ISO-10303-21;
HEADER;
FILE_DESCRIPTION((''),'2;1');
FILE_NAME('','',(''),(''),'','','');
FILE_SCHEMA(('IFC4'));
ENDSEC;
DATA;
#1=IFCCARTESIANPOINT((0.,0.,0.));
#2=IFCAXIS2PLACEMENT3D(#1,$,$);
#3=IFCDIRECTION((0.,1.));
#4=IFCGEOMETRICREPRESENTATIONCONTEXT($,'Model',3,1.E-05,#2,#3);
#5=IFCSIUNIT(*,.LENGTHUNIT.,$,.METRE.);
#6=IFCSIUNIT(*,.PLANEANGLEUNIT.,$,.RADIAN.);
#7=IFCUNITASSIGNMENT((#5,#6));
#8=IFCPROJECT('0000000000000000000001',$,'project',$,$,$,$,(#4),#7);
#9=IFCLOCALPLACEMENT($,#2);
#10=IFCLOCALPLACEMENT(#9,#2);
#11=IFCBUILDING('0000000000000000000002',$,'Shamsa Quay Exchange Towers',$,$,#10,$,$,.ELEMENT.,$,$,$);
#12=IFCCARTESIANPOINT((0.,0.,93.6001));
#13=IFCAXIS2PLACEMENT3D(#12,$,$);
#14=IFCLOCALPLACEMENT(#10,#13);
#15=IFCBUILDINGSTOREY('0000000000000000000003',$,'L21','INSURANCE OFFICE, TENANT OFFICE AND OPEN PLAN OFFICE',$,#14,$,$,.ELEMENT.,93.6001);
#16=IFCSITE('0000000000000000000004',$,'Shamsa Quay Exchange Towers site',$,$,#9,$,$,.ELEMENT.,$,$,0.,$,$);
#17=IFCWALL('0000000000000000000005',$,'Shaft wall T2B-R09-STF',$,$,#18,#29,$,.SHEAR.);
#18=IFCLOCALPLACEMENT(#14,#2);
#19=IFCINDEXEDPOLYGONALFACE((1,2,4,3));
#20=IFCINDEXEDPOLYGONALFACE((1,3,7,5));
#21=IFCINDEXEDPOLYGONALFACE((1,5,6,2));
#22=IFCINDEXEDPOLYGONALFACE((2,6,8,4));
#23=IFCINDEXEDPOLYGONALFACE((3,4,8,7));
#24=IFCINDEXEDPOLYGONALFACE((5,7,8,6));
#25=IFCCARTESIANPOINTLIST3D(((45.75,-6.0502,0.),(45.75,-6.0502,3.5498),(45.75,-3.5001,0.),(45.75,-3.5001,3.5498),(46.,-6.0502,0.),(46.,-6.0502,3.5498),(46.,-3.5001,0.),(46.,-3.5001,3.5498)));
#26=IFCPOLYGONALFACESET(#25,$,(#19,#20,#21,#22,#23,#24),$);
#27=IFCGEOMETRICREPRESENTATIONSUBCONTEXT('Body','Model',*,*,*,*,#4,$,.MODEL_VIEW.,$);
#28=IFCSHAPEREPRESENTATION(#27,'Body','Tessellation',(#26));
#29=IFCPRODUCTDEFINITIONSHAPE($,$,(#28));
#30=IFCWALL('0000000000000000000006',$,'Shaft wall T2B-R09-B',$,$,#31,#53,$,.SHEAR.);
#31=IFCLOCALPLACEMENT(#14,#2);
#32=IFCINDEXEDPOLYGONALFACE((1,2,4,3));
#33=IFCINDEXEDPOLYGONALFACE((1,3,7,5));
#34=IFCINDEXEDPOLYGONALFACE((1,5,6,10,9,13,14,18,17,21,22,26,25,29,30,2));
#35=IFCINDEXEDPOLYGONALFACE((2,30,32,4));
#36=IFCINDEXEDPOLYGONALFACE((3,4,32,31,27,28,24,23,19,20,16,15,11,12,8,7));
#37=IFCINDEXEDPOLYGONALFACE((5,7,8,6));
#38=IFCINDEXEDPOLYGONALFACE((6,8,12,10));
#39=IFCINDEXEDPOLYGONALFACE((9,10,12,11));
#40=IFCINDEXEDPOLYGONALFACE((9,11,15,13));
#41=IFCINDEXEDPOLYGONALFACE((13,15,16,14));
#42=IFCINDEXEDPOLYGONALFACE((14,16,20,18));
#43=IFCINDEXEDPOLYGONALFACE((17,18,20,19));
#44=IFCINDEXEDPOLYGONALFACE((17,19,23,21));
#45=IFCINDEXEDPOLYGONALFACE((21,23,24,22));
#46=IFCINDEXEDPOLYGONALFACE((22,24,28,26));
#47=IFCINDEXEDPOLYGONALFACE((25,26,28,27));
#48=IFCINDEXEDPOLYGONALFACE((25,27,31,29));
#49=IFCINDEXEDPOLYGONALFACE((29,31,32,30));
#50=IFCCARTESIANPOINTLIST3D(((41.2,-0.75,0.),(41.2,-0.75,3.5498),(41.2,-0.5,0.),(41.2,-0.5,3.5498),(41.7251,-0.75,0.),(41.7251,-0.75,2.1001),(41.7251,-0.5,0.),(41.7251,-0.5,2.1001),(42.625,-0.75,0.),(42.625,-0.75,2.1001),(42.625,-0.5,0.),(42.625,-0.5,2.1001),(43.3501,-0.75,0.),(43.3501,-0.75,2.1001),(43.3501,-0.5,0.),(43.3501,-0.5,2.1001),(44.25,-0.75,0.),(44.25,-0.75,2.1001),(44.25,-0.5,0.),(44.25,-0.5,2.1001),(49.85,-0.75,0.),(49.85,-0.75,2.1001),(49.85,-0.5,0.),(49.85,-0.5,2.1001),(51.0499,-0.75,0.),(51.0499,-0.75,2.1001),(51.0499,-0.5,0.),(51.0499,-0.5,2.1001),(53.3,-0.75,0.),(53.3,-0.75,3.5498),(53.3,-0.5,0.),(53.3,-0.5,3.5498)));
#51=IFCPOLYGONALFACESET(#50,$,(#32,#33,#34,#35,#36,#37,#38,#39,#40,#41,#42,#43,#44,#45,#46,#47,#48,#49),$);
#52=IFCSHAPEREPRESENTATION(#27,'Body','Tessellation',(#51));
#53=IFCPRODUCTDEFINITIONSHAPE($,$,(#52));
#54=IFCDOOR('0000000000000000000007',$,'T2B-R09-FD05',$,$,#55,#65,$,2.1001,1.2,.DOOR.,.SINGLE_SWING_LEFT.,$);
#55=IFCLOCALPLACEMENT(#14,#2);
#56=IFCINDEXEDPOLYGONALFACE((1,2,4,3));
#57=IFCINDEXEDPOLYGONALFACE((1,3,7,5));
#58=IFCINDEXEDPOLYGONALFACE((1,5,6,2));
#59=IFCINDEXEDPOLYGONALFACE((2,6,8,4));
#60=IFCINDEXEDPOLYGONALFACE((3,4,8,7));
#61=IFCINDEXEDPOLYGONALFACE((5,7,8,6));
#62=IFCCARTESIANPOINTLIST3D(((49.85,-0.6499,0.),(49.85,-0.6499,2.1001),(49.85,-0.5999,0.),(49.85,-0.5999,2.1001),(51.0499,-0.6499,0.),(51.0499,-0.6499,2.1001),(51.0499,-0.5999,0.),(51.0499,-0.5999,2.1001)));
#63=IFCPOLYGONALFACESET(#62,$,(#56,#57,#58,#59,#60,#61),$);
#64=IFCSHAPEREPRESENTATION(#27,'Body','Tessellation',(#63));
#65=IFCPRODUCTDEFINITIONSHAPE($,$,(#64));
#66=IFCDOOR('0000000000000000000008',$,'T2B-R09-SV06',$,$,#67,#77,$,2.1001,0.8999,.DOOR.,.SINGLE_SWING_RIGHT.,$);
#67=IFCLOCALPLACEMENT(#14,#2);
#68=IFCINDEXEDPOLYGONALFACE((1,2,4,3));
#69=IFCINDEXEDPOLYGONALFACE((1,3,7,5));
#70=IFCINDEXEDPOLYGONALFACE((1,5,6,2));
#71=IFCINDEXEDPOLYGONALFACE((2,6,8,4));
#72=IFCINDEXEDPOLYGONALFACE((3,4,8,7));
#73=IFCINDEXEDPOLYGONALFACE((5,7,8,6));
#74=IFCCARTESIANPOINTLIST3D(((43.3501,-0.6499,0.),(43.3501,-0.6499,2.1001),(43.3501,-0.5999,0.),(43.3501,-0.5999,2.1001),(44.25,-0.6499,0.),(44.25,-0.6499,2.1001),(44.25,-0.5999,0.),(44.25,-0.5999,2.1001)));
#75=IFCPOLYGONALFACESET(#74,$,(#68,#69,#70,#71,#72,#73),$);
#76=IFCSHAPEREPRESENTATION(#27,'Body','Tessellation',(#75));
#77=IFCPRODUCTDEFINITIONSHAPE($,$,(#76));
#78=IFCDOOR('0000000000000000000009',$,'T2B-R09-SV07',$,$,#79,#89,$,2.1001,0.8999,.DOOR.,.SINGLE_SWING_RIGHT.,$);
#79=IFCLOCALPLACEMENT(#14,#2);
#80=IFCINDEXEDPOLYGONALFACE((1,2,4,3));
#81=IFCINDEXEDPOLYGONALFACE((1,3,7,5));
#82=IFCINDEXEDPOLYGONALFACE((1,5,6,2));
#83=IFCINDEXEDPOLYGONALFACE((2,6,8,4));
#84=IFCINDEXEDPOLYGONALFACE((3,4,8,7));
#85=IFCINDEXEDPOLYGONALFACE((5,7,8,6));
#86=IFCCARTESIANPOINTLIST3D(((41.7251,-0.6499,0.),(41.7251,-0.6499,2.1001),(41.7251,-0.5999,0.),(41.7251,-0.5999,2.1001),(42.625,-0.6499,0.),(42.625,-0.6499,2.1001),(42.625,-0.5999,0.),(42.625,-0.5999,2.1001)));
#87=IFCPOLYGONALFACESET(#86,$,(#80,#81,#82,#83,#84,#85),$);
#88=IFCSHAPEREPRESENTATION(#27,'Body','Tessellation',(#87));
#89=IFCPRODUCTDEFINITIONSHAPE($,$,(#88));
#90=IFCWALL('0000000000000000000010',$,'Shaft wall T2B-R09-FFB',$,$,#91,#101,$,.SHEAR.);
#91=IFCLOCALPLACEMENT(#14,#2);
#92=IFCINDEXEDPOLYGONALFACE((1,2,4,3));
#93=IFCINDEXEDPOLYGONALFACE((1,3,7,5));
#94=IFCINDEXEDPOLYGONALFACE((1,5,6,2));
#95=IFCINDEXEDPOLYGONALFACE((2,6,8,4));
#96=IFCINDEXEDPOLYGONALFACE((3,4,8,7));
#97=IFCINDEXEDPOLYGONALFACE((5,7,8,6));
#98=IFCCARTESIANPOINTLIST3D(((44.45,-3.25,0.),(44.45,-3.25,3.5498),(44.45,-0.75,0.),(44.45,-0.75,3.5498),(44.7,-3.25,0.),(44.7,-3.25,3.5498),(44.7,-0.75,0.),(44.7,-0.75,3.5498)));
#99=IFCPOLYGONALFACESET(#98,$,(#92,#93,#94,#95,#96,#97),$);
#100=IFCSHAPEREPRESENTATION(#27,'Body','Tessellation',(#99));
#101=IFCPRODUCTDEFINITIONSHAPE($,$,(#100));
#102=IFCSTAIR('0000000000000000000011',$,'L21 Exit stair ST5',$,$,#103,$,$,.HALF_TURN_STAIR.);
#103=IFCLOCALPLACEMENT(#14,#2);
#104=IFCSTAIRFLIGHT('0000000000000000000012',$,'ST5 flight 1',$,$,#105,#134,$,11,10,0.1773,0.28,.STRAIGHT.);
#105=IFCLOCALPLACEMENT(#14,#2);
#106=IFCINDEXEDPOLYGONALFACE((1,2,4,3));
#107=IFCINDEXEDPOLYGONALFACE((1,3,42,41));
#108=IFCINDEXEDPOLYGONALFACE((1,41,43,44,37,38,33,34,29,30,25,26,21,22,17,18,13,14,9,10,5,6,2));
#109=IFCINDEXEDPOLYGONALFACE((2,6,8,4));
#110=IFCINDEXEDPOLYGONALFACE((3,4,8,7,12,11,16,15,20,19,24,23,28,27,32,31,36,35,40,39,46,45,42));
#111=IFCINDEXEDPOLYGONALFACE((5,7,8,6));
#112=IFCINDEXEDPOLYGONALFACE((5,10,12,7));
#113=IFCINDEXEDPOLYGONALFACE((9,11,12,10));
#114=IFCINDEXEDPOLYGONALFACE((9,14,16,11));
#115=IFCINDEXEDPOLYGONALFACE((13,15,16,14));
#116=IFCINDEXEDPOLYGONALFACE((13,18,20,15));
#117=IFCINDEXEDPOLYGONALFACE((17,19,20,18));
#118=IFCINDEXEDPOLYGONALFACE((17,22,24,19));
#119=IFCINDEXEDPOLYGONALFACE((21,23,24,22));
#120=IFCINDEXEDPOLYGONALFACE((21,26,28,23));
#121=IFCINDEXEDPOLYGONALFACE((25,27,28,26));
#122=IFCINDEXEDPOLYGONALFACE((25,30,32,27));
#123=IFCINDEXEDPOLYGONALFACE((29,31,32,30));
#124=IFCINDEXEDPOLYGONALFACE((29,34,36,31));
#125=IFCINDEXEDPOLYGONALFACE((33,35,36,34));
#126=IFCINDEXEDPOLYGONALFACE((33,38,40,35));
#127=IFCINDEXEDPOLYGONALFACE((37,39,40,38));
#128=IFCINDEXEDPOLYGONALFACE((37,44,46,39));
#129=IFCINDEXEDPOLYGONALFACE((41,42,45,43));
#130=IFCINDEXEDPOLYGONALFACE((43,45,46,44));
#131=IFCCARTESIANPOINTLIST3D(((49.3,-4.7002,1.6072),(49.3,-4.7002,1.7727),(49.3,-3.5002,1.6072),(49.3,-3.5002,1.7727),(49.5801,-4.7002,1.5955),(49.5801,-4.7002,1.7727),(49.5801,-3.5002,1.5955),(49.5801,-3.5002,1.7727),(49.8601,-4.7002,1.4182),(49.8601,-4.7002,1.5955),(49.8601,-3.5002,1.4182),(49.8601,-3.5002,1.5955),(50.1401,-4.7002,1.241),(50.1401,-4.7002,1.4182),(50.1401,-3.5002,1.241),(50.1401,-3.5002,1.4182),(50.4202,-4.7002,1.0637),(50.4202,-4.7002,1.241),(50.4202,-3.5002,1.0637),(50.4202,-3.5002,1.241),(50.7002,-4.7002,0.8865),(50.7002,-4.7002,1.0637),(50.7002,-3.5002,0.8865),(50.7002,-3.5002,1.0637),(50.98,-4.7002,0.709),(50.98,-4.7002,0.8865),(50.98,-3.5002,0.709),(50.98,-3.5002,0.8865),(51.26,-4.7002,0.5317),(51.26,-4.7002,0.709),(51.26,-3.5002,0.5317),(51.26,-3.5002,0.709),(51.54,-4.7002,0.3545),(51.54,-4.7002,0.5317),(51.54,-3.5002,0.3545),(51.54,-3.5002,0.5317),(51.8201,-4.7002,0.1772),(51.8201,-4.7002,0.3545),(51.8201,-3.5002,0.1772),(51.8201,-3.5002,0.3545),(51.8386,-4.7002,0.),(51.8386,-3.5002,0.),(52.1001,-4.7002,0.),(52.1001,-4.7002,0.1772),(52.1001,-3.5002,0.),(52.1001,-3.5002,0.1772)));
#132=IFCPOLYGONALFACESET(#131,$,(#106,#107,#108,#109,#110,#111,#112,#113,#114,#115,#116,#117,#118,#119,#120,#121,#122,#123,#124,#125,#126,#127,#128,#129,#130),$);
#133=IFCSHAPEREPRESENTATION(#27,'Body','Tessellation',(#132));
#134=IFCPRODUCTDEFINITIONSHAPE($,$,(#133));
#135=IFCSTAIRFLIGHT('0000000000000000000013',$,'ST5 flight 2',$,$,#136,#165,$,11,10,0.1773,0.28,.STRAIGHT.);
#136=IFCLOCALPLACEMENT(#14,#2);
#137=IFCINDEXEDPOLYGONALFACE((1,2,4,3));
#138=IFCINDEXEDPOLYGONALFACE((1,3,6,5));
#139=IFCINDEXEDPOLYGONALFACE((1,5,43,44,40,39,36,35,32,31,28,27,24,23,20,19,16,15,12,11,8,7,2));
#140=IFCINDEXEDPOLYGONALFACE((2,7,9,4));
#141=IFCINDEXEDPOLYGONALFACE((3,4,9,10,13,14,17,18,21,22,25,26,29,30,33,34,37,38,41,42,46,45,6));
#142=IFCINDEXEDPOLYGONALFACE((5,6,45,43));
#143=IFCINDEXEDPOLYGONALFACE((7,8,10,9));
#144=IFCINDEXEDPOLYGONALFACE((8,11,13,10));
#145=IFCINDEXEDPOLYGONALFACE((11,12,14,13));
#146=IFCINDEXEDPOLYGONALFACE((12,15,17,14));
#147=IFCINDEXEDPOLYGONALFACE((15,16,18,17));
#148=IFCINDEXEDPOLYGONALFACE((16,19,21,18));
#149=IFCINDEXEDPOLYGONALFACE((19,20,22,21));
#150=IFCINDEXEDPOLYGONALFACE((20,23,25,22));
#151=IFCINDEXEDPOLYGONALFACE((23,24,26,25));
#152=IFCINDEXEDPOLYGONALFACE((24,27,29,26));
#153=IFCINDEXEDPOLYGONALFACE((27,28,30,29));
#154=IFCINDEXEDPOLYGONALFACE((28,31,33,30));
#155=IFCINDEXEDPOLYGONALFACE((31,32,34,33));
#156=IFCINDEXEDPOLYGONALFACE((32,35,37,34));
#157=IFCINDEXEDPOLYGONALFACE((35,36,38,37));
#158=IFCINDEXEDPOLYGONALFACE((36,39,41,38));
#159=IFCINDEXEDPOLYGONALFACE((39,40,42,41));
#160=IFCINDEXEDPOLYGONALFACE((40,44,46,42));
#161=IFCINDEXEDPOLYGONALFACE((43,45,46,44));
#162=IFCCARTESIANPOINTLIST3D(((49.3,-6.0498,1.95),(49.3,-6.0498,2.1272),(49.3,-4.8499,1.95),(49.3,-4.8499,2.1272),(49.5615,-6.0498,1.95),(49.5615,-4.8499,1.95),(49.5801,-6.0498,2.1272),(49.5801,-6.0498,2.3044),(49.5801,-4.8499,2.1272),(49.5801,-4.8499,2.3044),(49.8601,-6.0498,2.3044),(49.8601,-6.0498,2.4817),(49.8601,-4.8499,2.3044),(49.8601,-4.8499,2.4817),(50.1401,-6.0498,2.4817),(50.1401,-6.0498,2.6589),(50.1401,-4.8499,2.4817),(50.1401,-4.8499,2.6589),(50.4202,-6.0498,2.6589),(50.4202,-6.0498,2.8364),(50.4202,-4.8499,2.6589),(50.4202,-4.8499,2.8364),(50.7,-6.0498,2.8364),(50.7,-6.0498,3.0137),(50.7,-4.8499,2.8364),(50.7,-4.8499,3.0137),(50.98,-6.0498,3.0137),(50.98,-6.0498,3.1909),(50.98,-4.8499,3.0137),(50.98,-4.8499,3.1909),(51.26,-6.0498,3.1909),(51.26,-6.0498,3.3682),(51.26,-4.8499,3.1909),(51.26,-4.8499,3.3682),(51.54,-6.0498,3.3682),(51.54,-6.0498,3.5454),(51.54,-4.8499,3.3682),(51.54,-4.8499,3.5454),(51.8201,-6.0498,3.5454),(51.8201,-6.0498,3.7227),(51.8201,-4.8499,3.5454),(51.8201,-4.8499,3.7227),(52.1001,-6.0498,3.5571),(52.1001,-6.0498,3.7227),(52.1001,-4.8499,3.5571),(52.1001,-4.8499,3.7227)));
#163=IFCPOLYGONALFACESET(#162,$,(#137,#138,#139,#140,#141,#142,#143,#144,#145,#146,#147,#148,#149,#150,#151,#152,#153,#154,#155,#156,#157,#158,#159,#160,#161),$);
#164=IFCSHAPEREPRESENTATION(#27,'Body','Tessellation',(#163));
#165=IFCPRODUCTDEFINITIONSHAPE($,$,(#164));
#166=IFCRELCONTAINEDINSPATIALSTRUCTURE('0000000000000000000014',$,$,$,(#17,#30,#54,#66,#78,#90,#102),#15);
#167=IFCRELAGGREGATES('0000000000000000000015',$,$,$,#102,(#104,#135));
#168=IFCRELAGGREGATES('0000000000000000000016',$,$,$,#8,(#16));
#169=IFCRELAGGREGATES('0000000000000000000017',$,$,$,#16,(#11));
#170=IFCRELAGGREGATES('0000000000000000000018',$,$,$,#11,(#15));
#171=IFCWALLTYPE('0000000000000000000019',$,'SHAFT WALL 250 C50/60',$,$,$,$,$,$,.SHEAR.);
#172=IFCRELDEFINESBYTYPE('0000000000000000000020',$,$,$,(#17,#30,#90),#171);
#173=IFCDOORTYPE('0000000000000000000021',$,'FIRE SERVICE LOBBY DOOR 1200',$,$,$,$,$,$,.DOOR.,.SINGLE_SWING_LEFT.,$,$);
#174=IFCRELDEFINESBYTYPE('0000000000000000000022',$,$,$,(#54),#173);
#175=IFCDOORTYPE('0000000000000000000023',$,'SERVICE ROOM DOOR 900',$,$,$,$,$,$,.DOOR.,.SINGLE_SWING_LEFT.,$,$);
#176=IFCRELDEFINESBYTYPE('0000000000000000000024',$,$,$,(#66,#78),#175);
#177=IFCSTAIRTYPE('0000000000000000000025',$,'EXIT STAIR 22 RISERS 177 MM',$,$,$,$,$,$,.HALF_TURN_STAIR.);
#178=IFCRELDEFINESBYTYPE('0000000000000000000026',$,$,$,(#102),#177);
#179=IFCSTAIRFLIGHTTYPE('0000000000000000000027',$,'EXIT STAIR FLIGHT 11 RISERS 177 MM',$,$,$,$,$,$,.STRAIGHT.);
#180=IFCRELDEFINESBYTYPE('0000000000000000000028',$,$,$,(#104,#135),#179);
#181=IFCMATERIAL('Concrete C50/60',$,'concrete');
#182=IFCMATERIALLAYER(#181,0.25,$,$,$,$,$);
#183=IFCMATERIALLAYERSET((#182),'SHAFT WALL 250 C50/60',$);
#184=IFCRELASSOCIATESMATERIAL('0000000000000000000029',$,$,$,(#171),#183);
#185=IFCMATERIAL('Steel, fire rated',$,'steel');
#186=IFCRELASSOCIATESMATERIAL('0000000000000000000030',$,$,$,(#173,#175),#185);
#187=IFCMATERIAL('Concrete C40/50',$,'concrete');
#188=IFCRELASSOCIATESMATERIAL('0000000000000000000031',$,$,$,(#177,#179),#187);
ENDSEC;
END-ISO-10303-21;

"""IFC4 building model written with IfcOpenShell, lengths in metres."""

from ifc_helpers import new_model, si_unit, direction, frame, frame_2d, origin, place, context, subcontext, project, spatial, polyline, rectangle, outline, extrude, material, layer, layer_set, type_object, element, fill, aggregate, save


model = new_model("IFC4")

# Units and contexts
model_context = context("Model", 3, precision=1e-05, world=origin(), true_north=direction((0.0, 1.0)))
body_context = subcontext(model_context, "Body", "Model", "MODEL_VIEW")
ifc_project = project(units=[si_unit("LENGTHUNIT", "METRE"), si_unit("PLANEANGLEUNIT", "RADIAN")], contexts=[model_context])

# Site, building, storey
site_placement = place(None, origin())
site = spatial("IfcSite", under=ifc_project, at=site_placement, Name="Shamsa Quay Exchange Towers site", CompositionType="ELEMENT", RefElevation=0.0)
building_placement = place(site_placement, origin())
building = spatial("IfcBuilding", under=site, at=building_placement, Name="Shamsa Quay Exchange Towers", CompositionType="ELEMENT")
storey_placement = place(building_placement, frame((0.0, 0.0, 93.6001)))
storey = spatial("IfcBuildingStorey", under=building, at=storey_placement, Name="L21", Description="INSURANCE OFFICE, TENANT OFFICE AND OPEN PLAN OFFICE", CompositionType="ELEMENT", Elevation=93.6001)

# Shared definitions
ifc_material_1 = material(Name="Steel, fire rated", Category="steel")
ifc_material_2 = material(Name="Concrete C50/60", Category="concrete")
ifc_layer_1 = layer(ifc_material_2, 0.25)
ifc_layer_set_1 = layer_set([ifc_layer_1], Name="SHAFT WALL 250 C50/60")
wall_type_1 = type_object("IfcWallType", Name="SHAFT WALL 250 C50/60", PredefinedType="SHEAR", material=ifc_layer_set_1)

# Wall
wall_1_placement = place(storey_placement, frame((45.875, -6.05, 0.0), z_axis=(0.0, 0.0, 1.0), x_axis=(0.0, 1.0, 0.0)))
element("IfcWall", 1, at=wall_1_placement, inside=storey, type_object=wall_type_1, Name="Shaft wall T2B-R09-STF", PredefinedType="SHEAR", context=body_context, shape_type="SweptSolid", body=[
    extrude(rectangle(XDim=2.55, YDim=0.25, at=frame_2d((1.2749, 0.0))), origin(), (0.0, 0.0, 1.0), 3.5498),
])

# Wall, openings, doors
wall_2_placement = place(storey_placement, frame((53.3, -0.625, 0.0), z_axis=(0.0, 0.0, 1.0), x_axis=(-1.0, 0.0, 0.0)))
wall_2 = element("IfcWall", 2, at=wall_2_placement, inside=storey, type_object=wall_type_1, Name="Shaft wall T2B-R09-B", PredefinedType="SHEAR", context=body_context, shape_type="SweptSolid", body=[
    extrude(rectangle(XDim=12.1001, YDim=0.25, at=frame_2d((6.05, 0.0))), origin(), (0.0, 0.0, 1.0), 3.5498),
])
opening_1_placement = place(wall_2_placement, frame((2.25, 0.0, 0.0)))
opening_1 = element("IfcOpeningElement", 3, at=opening_1_placement, cuts=wall_2, PredefinedType="OPENING", context=body_context, shape_type="SweptSolid", body=[
    extrude(rectangle(XDim=1.2, YDim=2.1001, at=frame_2d((0.6001, 1.05))), frame((0.0, 0.135, 0.0), z_axis=(0.0, -1.0, 0.0), x_axis=(1.0, 0.0, 0.0)), (0.0, 0.0, 1.0), 0.27),
])
opening_2_placement = place(wall_2_placement, frame((9.05, 0.0, 0.0)))
opening_2 = element("IfcOpeningElement", 4, at=opening_2_placement, cuts=wall_2, PredefinedType="OPENING", context=body_context, shape_type="SweptSolid", body=[
    extrude(rectangle(XDim=0.8999, YDim=2.1001, at=frame_2d((0.45, 1.05))), frame((0.0, 0.135, 0.0), z_axis=(0.0, -1.0, 0.0), x_axis=(1.0, 0.0, 0.0)), (0.0, 0.0, 1.0), 0.27),
])
opening_3_placement = place(wall_2_placement, frame((10.675, 0.0, 0.0)))
opening_3 = element("IfcOpeningElement", 5, at=opening_3_placement, cuts=wall_2, PredefinedType="OPENING", context=body_context, shape_type="SweptSolid", body=[
    extrude(rectangle(XDim=0.8999, YDim=2.1001, at=frame_2d((0.45, 1.05))), frame((0.0, 0.135, 0.0), z_axis=(0.0, -1.0, 0.0), x_axis=(1.0, 0.0, 0.0)), (0.0, 0.0, 1.0), 0.27),
])
door_type_1 = type_object("IfcDoorType", Name="FIRE SERVICE LOBBY DOOR 1200", OperationType="SINGLE_SWING_LEFT", PredefinedType="DOOR", material=ifc_material_1)
door_1_placement = place(opening_1_placement, origin())
door_1 = element("IfcDoor", 6, at=door_1_placement, inside=storey, type_object=door_type_1, Name="T2B-R09-FD05", OperationType="SINGLE_SWING_LEFT", OverallHeight=2.1001, OverallWidth=1.2, PredefinedType="DOOR", context=body_context, shape_type="SweptSolid", body=[
    extrude(rectangle(XDim=1.2, YDim=2.1001, at=frame_2d((0.6001, 1.05))), frame((0.0, 0.0249, 0.0), z_axis=(0.0, -1.0, 0.0), x_axis=(1.0, 0.0, 0.0)), (0.0, 0.0, 1.0), 0.05),
])
fill(opening_1, door_1)
door_type_2 = type_object("IfcDoorType", Name="SERVICE ROOM DOOR 900", OperationType="SINGLE_SWING_LEFT", PredefinedType="DOOR", material=ifc_material_1)
door_2_placement = place(opening_2_placement, origin())
door_2 = element("IfcDoor", 7, at=door_2_placement, inside=storey, type_object=door_type_2, Name="T2B-R09-SV06", OperationType="SINGLE_SWING_RIGHT", OverallHeight=2.1001, OverallWidth=0.8999, PredefinedType="DOOR", context=body_context, shape_type="SweptSolid", body=[
    extrude(rectangle(XDim=0.8999, YDim=2.1001, at=frame_2d((0.45, 1.05))), frame((0.0, 0.0249, 0.0), z_axis=(0.0, -1.0, 0.0), x_axis=(1.0, 0.0, 0.0)), (0.0, 0.0, 1.0), 0.05),
])
fill(opening_2, door_2)
door_3_placement = place(opening_3_placement, origin())
door_3 = element("IfcDoor", 8, at=door_3_placement, inside=storey, type_object=door_type_2, Name="T2B-R09-SV07", OperationType="SINGLE_SWING_RIGHT", OverallHeight=2.1001, OverallWidth=0.8999, PredefinedType="DOOR", context=body_context, shape_type="SweptSolid", body=[
    extrude(rectangle(XDim=0.8999, YDim=2.1001, at=frame_2d((0.45, 1.05))), frame((0.0, 0.0249, 0.0), z_axis=(0.0, -1.0, 0.0), x_axis=(1.0, 0.0, 0.0)), (0.0, 0.0, 1.0), 0.05),
])
fill(opening_3, door_3)

# Wall
wall_3_placement = place(storey_placement, frame((44.575, -3.25, 0.0), z_axis=(0.0, 0.0, 1.0), x_axis=(0.0, 1.0, 0.0)))
element("IfcWall", 9, at=wall_3_placement, inside=storey, type_object=wall_type_1, Name="Shaft wall T2B-R09-FFB", PredefinedType="SHEAR", context=body_context, shape_type="SweptSolid", body=[
    extrude(rectangle(XDim=2.5, YDim=0.25, at=frame_2d((1.25, 0.0))), origin(), (0.0, 0.0, 1.0), 3.5498),
])

# Stair, stair flights
ifc_material_3 = material(Name="Concrete C40/50", Category="concrete")
stair_type = type_object("IfcStairType", Name="EXIT STAIR 22 RISERS 177 MM", PredefinedType="HALF_TURN_STAIR", material=ifc_material_3)
stair_placement = place(storey_placement, origin())
stair = element("IfcStair", 10, at=stair_placement, inside=storey, type_object=stair_type, Name="L21 Exit stair ST5", PredefinedType="HALF_TURN_STAIR")
stair_flight_type = type_object("IfcStairFlightType", Name="EXIT STAIR FLIGHT 11 RISERS 177 MM", PredefinedType="STRAIGHT", material=ifc_material_3)
stair_flight_1_placement = place(storey_placement, frame((52.1001, -4.1001, 0.0), z_axis=(0.0, 0.0, 1.0), x_axis=(-1.0, 0.0, 0.0)))
stair_flight_1 = element("IfcStairFlight", 11, at=stair_flight_1_placement, type_object=stair_flight_type, Name="ST5 flight 1", NumberOfRisers=11, NumberOfTreads=10, PredefinedType="STRAIGHT", RiserHeight=0.1773, TreadLength=0.28, context=body_context, shape_type="SweptSolid", body=[
    extrude(outline(polyline([(0.0, 0.0), (0.0, 0.1772), (0.28, 0.1772), (0.28, 0.3545), (0.5601, 0.3545), (0.5601, 0.5317), (0.8401, 0.5317), (0.8401, 0.709), (1.1201, 0.709), (1.1201, 0.8865), (1.3999, 0.8865), (1.3999, 1.0637), (1.6799, 1.0637), (1.6799, 1.241), (1.96, 1.241), (1.96, 1.4182), (2.24, 1.4182), (2.24, 1.5955), (2.52, 1.5955), (2.52, 1.7727), (2.8, 1.7727), (2.8, 1.95), (2.8, 1.6072), (0.2615, 0.0), (0.0, 0.0)])), frame((0.0, 0.6001, 0.0), z_axis=(0.0, -1.0, 0.0), x_axis=(1.0, 0.0, 0.0)), (0.0, 0.0, 1.0), 1.2),
])
stair_flight_2_placement = place(storey_placement, frame((49.3, -5.45, 1.95)))
stair_flight_2 = element("IfcStairFlight", 12, at=stair_flight_2_placement, type_object=stair_flight_type, Name="ST5 flight 2", NumberOfRisers=11, NumberOfTreads=10, PredefinedType="STRAIGHT", RiserHeight=0.1773, TreadLength=0.28, context=body_context, shape_type="SweptSolid", body=[
    extrude(outline(polyline([(0.0, 0.0), (0.0, 0.1772), (0.28, 0.1772), (0.28, 0.3545), (0.5601, 0.3545), (0.5601, 0.5317), (0.8401, 0.5317), (0.8401, 0.709), (1.1201, 0.709), (1.1201, 0.8865), (1.3999, 0.8865), (1.3999, 1.0637), (1.6799, 1.0637), (1.6799, 1.241), (1.96, 1.241), (1.96, 1.4182), (2.24, 1.4182), (2.24, 1.5955), (2.52, 1.5955), (2.52, 1.7727), (2.8, 1.7727), (2.8, 1.95), (2.8, 1.6072), (0.2615, 0.0), (0.0, 0.0)])), frame((0.0, 0.6001, 0.0), z_axis=(0.0, -1.0, 0.0), x_axis=(1.0, 0.0, 0.0)), (0.0, 0.0, 1.0), 1.2),
])
aggregate(stair, [stair_flight_1, stair_flight_2])

save(model, "model.ifc")
